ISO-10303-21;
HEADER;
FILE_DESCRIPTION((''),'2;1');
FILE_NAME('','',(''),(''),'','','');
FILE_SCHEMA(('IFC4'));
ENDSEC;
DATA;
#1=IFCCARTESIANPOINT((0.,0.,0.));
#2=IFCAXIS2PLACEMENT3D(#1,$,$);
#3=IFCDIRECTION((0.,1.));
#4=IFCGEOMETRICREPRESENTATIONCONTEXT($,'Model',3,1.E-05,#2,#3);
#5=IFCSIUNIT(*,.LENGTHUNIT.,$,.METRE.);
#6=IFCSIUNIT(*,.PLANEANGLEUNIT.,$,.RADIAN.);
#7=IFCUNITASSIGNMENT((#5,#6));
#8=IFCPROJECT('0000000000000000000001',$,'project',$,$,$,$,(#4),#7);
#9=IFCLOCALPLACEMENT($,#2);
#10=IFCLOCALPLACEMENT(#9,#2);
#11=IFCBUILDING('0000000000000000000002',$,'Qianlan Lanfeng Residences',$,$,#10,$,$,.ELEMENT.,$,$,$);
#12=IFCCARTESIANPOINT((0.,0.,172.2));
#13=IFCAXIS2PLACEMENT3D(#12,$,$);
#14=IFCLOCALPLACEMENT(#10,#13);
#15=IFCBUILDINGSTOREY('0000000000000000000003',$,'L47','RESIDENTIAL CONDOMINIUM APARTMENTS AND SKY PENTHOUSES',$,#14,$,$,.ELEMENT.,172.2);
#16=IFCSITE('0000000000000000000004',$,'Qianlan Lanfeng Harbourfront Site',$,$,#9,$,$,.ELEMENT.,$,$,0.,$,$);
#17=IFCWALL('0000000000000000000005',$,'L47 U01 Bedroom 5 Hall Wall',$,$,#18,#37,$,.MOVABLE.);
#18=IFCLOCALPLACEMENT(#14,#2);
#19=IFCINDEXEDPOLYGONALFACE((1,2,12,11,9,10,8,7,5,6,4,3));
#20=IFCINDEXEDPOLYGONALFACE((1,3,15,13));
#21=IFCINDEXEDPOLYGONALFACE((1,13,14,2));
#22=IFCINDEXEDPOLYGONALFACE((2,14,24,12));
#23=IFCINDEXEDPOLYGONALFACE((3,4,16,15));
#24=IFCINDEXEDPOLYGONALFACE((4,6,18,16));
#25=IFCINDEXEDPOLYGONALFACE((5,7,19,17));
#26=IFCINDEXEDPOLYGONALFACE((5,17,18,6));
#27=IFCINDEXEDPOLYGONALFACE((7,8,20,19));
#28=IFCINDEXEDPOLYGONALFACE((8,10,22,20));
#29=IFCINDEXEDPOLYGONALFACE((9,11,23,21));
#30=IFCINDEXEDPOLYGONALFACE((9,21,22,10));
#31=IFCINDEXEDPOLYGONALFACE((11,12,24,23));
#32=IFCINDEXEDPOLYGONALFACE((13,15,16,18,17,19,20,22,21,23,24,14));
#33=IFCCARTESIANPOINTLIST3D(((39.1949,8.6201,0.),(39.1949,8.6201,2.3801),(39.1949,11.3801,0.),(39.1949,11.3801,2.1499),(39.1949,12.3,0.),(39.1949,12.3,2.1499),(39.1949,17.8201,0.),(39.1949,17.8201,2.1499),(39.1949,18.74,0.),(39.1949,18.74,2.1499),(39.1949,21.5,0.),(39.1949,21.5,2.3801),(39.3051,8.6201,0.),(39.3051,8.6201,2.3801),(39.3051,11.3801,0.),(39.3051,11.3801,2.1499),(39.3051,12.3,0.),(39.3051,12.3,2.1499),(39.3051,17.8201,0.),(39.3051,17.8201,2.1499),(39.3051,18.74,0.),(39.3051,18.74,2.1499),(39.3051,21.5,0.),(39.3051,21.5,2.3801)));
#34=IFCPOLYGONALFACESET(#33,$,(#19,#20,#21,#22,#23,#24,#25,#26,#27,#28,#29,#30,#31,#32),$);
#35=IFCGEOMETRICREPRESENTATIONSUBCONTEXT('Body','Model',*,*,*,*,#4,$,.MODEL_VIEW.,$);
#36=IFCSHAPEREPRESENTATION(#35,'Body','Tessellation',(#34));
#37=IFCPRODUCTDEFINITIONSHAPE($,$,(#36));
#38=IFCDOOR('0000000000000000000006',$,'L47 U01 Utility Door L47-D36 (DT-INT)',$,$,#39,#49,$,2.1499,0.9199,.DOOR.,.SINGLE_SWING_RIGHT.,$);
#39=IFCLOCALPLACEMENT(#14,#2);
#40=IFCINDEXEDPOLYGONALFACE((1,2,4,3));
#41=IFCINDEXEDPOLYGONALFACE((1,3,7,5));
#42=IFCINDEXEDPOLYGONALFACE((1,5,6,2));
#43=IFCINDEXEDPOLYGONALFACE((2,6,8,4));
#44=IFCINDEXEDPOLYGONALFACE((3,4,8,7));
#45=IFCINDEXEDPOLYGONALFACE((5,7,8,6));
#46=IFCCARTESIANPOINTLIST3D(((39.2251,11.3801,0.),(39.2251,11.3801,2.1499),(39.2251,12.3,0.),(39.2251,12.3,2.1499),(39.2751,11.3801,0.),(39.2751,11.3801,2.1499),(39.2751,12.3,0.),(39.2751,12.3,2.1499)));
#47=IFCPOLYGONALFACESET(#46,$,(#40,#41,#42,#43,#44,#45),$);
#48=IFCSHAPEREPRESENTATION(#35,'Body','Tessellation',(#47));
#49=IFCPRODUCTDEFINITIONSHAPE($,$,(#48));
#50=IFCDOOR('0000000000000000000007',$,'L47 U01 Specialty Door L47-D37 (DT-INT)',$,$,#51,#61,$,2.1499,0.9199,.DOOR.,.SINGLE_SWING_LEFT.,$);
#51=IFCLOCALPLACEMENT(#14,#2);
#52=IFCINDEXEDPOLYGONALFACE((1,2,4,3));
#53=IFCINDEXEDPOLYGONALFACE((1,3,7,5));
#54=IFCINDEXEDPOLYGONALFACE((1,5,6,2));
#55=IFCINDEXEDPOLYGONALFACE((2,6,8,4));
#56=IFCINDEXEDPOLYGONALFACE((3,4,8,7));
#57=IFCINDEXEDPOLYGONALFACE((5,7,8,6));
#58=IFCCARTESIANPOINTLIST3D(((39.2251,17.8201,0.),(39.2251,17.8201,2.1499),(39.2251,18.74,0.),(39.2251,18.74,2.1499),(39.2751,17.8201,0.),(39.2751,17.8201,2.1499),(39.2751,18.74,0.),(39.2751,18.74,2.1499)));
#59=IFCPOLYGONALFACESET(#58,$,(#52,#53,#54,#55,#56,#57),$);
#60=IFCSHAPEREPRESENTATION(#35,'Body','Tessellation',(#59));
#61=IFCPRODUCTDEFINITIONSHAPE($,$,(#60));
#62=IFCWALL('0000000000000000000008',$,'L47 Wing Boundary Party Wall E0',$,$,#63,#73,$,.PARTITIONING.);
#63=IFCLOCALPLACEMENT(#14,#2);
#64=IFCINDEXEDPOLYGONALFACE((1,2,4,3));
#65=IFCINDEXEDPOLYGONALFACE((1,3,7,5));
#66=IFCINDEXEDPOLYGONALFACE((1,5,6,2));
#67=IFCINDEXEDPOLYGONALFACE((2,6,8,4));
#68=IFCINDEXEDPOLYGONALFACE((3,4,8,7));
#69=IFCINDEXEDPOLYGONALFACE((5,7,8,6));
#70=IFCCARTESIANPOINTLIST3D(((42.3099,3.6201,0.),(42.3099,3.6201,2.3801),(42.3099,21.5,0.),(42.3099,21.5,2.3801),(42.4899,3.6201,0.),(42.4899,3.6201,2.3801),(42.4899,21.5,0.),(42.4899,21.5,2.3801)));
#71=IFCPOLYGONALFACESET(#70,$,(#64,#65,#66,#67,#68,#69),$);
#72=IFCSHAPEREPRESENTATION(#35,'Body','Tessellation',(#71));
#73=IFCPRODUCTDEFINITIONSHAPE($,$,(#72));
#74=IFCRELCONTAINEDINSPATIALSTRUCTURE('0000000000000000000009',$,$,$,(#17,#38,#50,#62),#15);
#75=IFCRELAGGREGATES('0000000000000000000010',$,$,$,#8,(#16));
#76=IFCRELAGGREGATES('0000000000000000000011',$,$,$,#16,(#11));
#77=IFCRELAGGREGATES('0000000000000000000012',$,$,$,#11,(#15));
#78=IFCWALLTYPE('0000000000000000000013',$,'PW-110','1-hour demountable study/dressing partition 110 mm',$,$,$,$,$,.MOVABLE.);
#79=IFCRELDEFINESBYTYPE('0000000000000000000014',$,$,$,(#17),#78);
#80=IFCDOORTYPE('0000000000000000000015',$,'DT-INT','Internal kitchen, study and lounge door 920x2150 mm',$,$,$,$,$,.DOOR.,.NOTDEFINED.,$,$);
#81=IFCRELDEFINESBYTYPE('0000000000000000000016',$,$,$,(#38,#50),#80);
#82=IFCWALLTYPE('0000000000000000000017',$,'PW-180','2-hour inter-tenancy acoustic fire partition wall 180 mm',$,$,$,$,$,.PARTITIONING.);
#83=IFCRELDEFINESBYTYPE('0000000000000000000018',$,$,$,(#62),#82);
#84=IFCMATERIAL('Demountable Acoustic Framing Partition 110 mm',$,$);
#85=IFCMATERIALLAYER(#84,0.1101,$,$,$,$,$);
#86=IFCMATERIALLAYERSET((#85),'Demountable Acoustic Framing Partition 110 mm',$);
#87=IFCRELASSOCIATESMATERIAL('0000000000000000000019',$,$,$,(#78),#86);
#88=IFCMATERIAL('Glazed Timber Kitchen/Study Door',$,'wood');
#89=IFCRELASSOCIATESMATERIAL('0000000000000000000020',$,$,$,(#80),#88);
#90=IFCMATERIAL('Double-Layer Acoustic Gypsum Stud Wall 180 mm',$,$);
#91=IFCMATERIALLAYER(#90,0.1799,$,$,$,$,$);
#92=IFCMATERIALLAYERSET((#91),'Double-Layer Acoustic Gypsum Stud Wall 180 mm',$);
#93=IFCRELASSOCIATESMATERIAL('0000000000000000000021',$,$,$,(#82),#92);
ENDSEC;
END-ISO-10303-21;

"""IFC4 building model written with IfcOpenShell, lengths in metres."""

from ifc_helpers import new_model, si_unit, direction, frame, frame_2d, origin, place, context, subcontext, project, spatial, rectangle, extrude, material, layer, layer_set, type_object, element, fill, save


model = new_model("IFC4")

# Units and contexts
model_context = context("Model", 3, precision=1e-05, world=origin(), true_north=direction((0.0, 1.0)))
body_context = subcontext(model_context, "Body", "Model", "MODEL_VIEW")
ifc_project = project(units=[si_unit("LENGTHUNIT", "METRE"), si_unit("PLANEANGLEUNIT", "RADIAN")], contexts=[model_context])

# Site, building, storey
site_placement = place(None, origin())
site = spatial("IfcSite", under=ifc_project, at=site_placement, Name="Qianlan Lanfeng Harbourfront Site", CompositionType="ELEMENT", RefElevation=0.0)
building_placement = place(site_placement, origin())
building = spatial("IfcBuilding", under=site, at=building_placement, Name="Qianlan Lanfeng Residences", CompositionType="ELEMENT")
storey_placement = place(building_placement, frame((0.0, 0.0, 172.2)))
storey = spatial("IfcBuildingStorey", under=building, at=storey_placement, Name="L47", Description="RESIDENTIAL CONDOMINIUM APARTMENTS AND SKY PENTHOUSES", CompositionType="ELEMENT", Elevation=172.2)

# Wall, openings, doors
ifc_material_1 = material(Name="Demountable Acoustic Framing Partition 110 mm")
ifc_layer_1 = layer(ifc_material_1, 0.1101)
ifc_layer_set_1 = layer_set([ifc_layer_1], Name="Demountable Acoustic Framing Partition 110 mm")
wall_type_1 = type_object("IfcWallType", Name="PW-110", Description="1-hour demountable study/dressing partition 110 mm", PredefinedType="MOVABLE", material=ifc_layer_set_1)
wall_1_placement = place(storey_placement, frame((39.25, 8.6201, 0.0), z_axis=(0.0, 0.0, 1.0), x_axis=(0.0, 1.0, 0.0)))
wall_1 = element("IfcWall", 1, at=wall_1_placement, inside=storey, type_object=wall_type_1, Name="L47 U01 Bedroom 5 Hall Wall", PredefinedType="MOVABLE", context=body_context, shape_type="SweptSolid", body=[
    extrude(rectangle(XDim=12.8799, YDim=0.1101, at=frame_2d((6.4399, 0.0))), origin(), (0.0, 0.0, 1.0), 2.3801),
])
opening_1_placement = place(wall_1_placement, frame((2.76, 0.0, 0.0)))
opening_1 = element("IfcOpeningElement", 2, at=opening_1_placement, cuts=wall_1, PredefinedType="OPENING", context=body_context, shape_type="SweptSolid", body=[
    extrude(rectangle(XDim=0.9199, YDim=2.1499, at=frame_2d((0.46, 1.075))), frame((0.0, 0.0649, 0.0), z_axis=(0.0, -1.0, 0.0), x_axis=(1.0, 0.0, 0.0)), (0.0, 0.0, 1.0), 0.1301),
])
opening_2_placement = place(wall_1_placement, frame((9.2, 0.0, 0.0)))
opening_2 = element("IfcOpeningElement", 3, at=opening_2_placement, cuts=wall_1, PredefinedType="OPENING", context=body_context, shape_type="SweptSolid", body=[
    extrude(rectangle(XDim=0.9199, YDim=2.1499, at=frame_2d((0.46, 1.075))), frame((0.0, 0.0649, 0.0), z_axis=(0.0, -1.0, 0.0), x_axis=(1.0, 0.0, 0.0)), (0.0, 0.0, 1.0), 0.1301),
])
ifc_material_2 = material(Name="Glazed Timber Kitchen/Study Door", Category="wood")
door_type_1 = type_object("IfcDoorType", Name="DT-INT", Description="Internal kitchen, study and lounge door 920x2150 mm", OperationType="NOTDEFINED", PredefinedType="DOOR", material=ifc_material_2)
door_1_placement = place(opening_1_placement, origin())
door_1 = element("IfcDoor", 4, at=door_1_placement, inside=storey, type_object=door_type_1, Name="L47 U01 Utility Door L47-D36 (DT-INT)", OperationType="SINGLE_SWING_RIGHT", OverallHeight=2.1499, OverallWidth=0.9199, PredefinedType="DOOR", context=body_context, shape_type="SweptSolid", body=[
    extrude(rectangle(XDim=0.9199, YDim=2.1499, at=frame_2d((0.46, 1.075))), frame((0.0, 0.0249, 0.0), z_axis=(0.0, -1.0, 0.0), x_axis=(1.0, 0.0, 0.0)), (0.0, 0.0, 1.0), 0.05),
])
fill(opening_1, door_1)
door_2_placement = place(opening_2_placement, origin())
door_2 = element("IfcDoor", 5, at=door_2_placement, inside=storey, type_object=door_type_1, Name="L47 U01 Specialty Door L47-D37 (DT-INT)", OperationType="SINGLE_SWING_LEFT", OverallHeight=2.1499, OverallWidth=0.9199, PredefinedType="DOOR", context=body_context, shape_type="SweptSolid", body=[
    extrude(rectangle(XDim=0.9199, YDim=2.1499, at=frame_2d((0.46, 1.075))), frame((0.0, 0.0249, 0.0), z_axis=(0.0, -1.0, 0.0), x_axis=(1.0, 0.0, 0.0)), (0.0, 0.0, 1.0), 0.05),
])
fill(opening_2, door_2)

# Wall
ifc_material_3 = material(Name="Double-Layer Acoustic Gypsum Stud Wall 180 mm")
ifc_layer_2 = layer(ifc_material_3, 0.1799)
ifc_layer_set_2 = layer_set([ifc_layer_2], Name="Double-Layer Acoustic Gypsum Stud Wall 180 mm")
wall_type_2 = type_object("IfcWallType", Name="PW-180", Description="2-hour inter-tenancy acoustic fire partition wall 180 mm", PredefinedType="PARTITIONING", material=ifc_layer_set_2)
wall_2_placement = place(storey_placement, frame((42.3999, 3.6201, 0.0), z_axis=(0.0, 0.0, 1.0), x_axis=(0.0, 1.0, 0.0)))
element("IfcWall", 6, at=wall_2_placement, inside=storey, type_object=wall_type_2, Name="L47 Wing Boundary Party Wall E0", PredefinedType="PARTITIONING", context=body_context, shape_type="SweptSolid", body=[
    extrude(rectangle(XDim=17.8799, YDim=0.1799, at=frame_2d((8.9399, 0.0))), origin(), (0.0, 0.0, 1.0), 2.3801),
])

save(model, "model.ifc")
